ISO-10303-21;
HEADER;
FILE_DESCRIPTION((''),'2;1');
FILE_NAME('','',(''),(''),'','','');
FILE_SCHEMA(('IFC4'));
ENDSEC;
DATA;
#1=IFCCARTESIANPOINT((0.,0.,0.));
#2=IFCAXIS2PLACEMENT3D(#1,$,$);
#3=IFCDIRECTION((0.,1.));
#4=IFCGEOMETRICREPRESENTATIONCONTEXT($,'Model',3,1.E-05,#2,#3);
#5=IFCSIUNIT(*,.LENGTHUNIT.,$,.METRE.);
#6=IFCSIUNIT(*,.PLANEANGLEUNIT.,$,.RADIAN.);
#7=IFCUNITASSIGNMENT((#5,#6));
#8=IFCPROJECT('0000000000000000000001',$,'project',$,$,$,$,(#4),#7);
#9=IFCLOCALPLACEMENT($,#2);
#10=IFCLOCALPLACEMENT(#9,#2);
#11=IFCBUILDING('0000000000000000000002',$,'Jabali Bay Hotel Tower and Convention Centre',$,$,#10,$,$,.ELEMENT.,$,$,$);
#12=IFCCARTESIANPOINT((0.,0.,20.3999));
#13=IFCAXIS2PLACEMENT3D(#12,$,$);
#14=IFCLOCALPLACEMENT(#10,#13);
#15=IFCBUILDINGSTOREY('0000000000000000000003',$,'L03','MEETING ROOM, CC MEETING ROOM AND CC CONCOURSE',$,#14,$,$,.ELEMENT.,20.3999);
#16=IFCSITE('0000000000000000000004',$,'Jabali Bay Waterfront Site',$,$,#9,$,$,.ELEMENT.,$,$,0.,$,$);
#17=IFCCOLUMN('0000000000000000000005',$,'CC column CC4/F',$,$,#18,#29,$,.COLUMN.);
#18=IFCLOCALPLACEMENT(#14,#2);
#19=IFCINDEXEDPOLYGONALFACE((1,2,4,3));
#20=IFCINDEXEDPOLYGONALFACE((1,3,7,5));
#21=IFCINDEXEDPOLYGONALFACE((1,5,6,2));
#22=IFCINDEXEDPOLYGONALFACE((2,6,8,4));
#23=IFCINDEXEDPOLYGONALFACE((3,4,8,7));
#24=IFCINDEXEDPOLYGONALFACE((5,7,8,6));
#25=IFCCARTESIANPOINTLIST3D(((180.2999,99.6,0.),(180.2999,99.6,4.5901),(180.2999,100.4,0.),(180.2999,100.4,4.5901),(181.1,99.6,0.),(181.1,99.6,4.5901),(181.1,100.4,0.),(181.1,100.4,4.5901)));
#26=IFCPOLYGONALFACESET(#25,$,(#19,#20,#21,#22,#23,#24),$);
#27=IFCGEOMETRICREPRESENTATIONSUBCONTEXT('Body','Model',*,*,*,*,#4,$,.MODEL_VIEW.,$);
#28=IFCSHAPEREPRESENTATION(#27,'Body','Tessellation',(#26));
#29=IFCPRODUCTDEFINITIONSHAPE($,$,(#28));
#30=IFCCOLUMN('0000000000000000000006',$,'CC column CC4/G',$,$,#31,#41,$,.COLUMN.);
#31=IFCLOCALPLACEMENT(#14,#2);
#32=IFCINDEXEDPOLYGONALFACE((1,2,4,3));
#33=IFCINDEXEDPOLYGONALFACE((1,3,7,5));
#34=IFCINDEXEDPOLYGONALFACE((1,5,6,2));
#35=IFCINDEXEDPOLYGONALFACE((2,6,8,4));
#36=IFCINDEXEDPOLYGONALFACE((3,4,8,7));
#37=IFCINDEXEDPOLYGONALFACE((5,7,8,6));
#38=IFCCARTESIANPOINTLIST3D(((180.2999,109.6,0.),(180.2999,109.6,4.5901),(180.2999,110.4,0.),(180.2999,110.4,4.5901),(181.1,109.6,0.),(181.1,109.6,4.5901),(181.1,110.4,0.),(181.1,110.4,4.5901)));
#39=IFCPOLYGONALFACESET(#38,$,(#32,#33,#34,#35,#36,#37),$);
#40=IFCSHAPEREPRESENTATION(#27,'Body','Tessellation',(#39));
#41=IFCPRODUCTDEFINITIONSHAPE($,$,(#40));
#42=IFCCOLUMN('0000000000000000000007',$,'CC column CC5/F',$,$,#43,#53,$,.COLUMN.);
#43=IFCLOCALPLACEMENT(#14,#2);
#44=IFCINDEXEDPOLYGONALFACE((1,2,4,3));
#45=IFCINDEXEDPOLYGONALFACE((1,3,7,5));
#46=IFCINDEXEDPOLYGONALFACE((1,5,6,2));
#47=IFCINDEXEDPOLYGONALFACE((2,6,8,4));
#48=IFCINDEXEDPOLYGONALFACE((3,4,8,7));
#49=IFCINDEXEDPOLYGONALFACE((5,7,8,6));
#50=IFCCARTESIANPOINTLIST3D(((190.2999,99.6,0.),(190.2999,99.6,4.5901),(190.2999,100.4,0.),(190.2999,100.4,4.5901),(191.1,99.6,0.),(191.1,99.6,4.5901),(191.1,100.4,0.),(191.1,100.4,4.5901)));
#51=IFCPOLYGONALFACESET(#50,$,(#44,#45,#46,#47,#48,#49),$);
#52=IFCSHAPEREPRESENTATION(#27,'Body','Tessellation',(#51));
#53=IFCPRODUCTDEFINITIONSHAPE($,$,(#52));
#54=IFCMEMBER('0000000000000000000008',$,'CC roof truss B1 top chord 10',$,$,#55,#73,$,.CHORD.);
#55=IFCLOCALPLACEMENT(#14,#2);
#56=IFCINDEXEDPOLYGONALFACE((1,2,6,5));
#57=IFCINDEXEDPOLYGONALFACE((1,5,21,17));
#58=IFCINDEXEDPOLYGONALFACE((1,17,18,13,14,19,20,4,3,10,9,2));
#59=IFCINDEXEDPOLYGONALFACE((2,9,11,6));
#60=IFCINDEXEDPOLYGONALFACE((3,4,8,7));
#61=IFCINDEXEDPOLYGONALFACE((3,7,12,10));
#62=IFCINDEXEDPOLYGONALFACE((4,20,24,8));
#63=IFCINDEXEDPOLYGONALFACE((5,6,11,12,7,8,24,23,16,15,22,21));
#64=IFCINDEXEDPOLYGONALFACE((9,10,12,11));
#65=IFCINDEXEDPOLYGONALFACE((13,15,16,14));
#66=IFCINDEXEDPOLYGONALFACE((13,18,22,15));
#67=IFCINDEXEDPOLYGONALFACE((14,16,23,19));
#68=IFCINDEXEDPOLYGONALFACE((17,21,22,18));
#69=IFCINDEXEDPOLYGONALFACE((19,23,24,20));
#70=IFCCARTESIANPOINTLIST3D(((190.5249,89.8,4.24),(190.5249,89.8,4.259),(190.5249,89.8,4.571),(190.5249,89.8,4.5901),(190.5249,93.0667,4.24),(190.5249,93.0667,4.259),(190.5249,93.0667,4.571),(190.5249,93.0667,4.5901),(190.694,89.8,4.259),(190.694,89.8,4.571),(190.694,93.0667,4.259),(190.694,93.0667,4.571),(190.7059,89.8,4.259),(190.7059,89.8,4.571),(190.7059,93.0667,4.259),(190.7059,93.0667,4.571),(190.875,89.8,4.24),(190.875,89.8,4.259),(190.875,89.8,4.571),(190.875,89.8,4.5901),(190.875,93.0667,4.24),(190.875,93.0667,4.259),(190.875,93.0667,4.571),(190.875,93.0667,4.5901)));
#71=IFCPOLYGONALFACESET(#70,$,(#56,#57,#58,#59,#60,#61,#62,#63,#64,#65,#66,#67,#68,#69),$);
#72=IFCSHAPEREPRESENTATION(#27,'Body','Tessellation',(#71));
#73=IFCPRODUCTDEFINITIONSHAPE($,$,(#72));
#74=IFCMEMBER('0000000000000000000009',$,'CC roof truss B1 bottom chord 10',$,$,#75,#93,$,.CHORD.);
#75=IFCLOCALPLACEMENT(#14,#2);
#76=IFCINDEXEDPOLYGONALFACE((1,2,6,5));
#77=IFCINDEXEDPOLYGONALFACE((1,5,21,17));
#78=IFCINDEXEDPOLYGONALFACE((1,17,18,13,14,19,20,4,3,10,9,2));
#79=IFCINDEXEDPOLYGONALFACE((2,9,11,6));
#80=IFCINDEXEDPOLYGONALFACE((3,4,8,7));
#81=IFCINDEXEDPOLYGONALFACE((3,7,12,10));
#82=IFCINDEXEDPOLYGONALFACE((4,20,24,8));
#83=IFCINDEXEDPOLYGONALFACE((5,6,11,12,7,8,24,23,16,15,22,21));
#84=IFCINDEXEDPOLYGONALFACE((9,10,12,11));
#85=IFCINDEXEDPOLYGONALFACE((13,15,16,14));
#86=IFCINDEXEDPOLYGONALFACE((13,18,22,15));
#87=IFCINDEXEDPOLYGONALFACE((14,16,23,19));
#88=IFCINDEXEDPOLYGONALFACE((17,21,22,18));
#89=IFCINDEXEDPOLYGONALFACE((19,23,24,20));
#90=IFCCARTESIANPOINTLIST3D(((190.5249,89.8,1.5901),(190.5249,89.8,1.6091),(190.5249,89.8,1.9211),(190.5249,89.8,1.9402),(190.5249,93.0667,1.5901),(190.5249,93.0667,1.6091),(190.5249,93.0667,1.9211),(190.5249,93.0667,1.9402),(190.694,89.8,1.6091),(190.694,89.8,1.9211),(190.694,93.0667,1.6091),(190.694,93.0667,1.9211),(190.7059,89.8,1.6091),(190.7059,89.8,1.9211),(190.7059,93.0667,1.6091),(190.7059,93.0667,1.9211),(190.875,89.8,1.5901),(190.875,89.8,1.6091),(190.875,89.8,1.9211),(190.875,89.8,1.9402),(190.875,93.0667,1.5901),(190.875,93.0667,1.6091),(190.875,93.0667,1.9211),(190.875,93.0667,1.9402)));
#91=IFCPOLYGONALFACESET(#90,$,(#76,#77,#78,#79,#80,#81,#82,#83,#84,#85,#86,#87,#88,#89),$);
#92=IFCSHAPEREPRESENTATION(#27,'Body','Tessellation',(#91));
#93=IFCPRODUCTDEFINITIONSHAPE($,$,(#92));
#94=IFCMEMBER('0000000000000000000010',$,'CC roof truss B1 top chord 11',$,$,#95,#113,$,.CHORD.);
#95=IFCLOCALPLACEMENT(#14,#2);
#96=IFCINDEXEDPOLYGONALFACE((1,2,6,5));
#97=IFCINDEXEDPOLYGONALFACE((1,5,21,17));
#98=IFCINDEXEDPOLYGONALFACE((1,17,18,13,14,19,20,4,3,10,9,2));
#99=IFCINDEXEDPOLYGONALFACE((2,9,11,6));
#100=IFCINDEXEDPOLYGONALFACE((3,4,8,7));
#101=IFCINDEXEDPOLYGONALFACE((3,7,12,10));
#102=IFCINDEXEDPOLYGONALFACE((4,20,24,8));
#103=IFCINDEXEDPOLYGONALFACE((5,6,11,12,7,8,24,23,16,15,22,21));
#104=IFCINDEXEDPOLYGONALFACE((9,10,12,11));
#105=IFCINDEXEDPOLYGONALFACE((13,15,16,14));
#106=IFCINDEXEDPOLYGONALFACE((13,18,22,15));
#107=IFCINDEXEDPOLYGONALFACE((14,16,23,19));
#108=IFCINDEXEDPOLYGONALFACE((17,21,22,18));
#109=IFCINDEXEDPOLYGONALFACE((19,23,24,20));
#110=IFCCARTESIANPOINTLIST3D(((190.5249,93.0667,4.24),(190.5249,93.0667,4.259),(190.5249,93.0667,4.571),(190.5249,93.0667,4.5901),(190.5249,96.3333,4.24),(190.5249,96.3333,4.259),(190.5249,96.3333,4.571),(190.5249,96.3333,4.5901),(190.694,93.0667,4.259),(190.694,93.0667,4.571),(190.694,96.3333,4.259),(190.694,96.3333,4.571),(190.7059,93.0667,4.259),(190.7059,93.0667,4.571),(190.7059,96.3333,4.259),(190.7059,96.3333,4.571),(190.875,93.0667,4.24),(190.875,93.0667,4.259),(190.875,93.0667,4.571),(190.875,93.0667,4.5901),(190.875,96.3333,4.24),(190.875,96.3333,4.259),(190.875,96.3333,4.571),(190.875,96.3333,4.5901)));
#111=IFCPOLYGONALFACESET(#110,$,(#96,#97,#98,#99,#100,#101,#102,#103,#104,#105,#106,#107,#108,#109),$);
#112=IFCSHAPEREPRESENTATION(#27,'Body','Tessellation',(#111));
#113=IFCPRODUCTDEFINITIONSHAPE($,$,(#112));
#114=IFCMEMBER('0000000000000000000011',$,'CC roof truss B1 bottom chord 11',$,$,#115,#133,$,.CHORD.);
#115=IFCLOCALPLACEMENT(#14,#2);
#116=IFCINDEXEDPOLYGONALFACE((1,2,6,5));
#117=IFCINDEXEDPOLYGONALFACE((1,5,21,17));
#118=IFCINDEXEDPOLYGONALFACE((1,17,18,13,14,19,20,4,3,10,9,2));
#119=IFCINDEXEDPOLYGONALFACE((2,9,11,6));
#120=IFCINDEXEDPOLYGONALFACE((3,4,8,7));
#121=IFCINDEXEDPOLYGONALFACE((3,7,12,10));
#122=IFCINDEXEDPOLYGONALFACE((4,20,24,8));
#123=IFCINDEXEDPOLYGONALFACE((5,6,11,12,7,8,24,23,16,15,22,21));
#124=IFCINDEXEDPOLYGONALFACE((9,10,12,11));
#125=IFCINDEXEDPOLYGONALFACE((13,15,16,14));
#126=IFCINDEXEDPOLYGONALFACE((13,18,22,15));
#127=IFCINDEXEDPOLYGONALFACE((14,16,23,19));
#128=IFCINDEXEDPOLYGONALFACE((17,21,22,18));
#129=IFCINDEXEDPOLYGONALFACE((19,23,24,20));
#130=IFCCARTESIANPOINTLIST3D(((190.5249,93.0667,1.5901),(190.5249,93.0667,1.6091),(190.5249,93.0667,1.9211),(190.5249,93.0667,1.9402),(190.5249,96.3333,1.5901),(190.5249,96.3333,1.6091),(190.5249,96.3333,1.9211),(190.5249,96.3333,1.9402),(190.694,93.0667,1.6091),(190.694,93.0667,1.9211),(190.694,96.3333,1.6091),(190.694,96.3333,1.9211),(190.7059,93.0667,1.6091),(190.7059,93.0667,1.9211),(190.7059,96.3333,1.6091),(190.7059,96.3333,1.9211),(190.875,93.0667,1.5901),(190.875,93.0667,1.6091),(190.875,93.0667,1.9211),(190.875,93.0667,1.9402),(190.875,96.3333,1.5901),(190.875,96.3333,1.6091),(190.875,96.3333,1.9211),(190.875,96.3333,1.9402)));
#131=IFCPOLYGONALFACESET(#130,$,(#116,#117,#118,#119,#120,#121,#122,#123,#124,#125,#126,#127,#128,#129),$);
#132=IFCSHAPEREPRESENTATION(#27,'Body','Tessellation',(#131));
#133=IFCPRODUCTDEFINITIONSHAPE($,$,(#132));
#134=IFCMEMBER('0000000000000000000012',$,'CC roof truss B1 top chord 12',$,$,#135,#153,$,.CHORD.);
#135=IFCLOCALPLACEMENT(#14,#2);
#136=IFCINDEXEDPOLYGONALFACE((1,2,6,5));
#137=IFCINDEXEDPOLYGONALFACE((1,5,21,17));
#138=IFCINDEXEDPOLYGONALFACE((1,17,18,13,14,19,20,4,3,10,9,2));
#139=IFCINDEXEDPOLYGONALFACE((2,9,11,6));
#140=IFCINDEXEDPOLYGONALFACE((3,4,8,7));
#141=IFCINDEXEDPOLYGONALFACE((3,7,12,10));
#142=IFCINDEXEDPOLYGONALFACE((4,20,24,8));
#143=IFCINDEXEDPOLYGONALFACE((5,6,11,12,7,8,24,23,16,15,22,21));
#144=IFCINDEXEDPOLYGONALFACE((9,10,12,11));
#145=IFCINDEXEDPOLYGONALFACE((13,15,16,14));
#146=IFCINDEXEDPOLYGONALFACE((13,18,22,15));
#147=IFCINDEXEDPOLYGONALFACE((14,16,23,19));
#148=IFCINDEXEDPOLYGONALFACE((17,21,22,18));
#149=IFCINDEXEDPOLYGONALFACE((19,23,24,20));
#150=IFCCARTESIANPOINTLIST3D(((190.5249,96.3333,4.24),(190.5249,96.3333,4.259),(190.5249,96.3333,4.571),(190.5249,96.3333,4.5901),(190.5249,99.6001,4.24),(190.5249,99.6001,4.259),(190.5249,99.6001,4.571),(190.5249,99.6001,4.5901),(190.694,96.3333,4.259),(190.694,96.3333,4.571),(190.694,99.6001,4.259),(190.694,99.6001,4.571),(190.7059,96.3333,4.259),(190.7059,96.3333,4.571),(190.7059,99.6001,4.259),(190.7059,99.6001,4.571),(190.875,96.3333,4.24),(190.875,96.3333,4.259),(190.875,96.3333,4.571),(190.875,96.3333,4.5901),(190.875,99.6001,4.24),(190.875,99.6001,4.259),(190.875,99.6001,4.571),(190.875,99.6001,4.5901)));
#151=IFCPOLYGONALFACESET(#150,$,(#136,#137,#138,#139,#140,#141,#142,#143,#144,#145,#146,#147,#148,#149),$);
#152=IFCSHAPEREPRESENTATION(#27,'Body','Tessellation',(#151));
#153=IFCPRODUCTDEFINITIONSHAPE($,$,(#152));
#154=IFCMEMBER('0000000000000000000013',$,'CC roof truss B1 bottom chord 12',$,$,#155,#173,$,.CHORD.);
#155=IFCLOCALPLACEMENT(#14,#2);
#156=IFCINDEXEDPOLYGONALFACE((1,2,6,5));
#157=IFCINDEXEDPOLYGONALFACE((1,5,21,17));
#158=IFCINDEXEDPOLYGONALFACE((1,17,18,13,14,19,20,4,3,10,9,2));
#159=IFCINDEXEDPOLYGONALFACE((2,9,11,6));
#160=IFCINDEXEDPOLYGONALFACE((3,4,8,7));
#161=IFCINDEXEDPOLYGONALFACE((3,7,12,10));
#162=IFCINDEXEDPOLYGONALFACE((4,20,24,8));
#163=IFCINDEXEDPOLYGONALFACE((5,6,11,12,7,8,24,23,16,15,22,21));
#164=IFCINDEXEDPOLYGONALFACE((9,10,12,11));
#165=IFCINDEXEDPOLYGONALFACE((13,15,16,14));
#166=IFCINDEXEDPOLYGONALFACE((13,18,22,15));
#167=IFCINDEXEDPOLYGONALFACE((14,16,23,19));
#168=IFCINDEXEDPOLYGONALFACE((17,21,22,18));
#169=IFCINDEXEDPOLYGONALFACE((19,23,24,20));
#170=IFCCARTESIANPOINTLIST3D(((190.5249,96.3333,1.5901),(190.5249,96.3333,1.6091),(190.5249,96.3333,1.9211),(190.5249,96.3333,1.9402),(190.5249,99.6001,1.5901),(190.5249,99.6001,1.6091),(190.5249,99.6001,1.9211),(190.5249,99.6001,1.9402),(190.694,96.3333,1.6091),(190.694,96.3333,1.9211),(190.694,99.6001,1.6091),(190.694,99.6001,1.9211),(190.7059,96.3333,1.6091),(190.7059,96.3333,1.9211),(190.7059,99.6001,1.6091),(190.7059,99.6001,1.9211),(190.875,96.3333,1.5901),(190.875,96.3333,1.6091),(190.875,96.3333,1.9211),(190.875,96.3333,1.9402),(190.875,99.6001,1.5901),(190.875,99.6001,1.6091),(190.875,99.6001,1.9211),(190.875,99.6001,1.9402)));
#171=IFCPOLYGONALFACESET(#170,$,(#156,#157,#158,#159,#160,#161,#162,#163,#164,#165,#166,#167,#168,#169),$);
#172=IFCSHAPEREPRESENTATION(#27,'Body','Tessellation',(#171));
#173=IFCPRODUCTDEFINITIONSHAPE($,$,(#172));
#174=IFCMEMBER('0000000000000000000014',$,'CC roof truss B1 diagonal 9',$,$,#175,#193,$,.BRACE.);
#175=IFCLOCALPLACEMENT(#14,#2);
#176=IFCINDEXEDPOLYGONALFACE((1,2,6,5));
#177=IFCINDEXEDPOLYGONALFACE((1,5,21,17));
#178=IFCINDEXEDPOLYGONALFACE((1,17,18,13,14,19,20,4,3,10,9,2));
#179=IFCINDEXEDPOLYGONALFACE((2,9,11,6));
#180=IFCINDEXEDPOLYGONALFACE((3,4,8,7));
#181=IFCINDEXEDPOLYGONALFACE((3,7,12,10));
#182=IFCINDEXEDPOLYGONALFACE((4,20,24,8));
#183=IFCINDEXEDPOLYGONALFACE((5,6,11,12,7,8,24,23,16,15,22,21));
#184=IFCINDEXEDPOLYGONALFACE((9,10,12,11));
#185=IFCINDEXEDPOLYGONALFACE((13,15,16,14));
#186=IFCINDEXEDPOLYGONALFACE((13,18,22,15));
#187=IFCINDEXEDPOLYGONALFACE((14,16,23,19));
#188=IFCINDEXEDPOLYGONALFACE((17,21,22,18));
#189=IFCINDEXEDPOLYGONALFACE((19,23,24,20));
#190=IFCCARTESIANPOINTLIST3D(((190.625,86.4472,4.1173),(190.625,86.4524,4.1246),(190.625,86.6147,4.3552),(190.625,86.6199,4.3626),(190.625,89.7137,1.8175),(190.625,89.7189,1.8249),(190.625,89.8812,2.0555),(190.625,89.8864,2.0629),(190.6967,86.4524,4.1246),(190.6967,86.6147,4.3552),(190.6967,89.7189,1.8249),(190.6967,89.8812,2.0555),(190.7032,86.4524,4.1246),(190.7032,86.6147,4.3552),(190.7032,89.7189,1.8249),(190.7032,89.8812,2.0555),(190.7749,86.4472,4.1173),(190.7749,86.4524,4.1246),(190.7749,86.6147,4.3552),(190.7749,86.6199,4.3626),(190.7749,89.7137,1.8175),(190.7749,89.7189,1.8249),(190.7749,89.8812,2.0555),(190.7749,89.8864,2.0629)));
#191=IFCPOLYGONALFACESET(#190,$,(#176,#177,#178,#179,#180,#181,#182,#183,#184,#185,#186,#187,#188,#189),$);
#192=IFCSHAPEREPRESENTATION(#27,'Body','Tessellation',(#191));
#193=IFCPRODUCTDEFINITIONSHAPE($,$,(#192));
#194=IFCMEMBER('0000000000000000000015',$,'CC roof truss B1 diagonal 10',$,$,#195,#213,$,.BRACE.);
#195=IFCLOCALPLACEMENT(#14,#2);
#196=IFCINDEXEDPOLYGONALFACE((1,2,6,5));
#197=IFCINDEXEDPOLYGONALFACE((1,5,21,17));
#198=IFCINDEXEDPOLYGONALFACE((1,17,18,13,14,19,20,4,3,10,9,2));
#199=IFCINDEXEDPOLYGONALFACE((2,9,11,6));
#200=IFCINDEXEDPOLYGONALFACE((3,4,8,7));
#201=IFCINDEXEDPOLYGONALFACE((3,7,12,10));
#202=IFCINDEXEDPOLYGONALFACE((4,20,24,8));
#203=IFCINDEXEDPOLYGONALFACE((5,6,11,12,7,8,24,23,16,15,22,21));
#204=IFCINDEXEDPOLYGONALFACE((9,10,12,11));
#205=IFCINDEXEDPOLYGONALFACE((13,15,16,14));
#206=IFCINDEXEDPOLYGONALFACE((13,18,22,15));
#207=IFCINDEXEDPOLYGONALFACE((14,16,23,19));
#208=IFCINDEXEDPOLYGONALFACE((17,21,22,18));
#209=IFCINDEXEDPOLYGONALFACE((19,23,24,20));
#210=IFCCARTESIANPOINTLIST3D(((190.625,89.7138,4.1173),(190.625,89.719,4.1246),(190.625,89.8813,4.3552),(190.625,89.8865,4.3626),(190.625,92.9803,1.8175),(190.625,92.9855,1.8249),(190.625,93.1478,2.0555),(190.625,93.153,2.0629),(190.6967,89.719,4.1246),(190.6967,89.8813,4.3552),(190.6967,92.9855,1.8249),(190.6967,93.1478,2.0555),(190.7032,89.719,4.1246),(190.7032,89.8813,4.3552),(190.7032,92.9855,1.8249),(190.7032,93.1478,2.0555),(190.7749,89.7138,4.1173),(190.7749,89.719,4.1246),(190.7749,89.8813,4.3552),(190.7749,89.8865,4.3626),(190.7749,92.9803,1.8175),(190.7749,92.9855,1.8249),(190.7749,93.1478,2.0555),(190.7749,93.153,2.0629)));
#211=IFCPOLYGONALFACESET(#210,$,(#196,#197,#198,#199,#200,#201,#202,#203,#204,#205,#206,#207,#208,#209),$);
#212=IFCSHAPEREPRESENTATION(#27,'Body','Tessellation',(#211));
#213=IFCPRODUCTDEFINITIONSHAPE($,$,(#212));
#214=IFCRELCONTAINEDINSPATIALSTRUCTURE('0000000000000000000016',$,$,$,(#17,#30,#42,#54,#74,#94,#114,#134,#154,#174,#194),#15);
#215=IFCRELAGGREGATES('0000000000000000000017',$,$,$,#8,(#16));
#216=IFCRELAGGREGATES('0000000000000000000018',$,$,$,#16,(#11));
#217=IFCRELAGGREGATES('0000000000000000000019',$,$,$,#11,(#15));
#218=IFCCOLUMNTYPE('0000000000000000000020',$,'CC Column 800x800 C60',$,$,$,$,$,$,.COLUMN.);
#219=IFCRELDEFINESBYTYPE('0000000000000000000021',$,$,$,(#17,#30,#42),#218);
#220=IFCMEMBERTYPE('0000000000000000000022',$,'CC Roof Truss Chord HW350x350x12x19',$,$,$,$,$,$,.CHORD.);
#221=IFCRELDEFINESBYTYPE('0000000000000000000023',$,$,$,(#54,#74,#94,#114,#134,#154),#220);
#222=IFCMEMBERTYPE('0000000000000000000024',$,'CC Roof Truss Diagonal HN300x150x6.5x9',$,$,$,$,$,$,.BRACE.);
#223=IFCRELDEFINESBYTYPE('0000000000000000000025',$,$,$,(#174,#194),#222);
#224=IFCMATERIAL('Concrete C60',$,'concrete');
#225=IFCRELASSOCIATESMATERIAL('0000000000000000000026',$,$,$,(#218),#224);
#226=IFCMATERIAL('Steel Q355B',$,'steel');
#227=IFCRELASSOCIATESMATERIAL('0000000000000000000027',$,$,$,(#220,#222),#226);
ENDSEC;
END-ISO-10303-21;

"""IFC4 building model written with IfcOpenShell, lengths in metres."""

from ifc_helpers import new_model, si_unit, direction, frame, origin, origin_2d, place, context, subcontext, project, spatial, rectangle, i_section, extrude, material, material_profile, profile_set, type_object, element, save


model = new_model("IFC4")

# Units and contexts
model_context = context("Model", 3, precision=1e-05, world=origin(), true_north=direction((0.0, 1.0)))
body_context = subcontext(model_context, "Body", "Model", "MODEL_VIEW")
ifc_project = project(units=[si_unit("LENGTHUNIT", "METRE"), si_unit("PLANEANGLEUNIT", "RADIAN")], contexts=[model_context])

# Site, building, storey
site_placement = place(None, origin())
site = spatial("IfcSite", under=ifc_project, at=site_placement, Name="Jabali Bay Waterfront Site", CompositionType="ELEMENT", RefElevation=0.0)
building_placement = place(site_placement, origin())
building = spatial("IfcBuilding", under=site, at=building_placement, Name="Jabali Bay Hotel Tower and Convention Centre", CompositionType="ELEMENT")
storey_placement = place(building_placement, frame((0.0, 0.0, 20.3999)))
storey = spatial("IfcBuildingStorey", under=building, at=storey_placement, Name="L03", Description="MEETING ROOM, CC MEETING ROOM AND CC CONCOURSE", CompositionType="ELEMENT", Elevation=20.3999)

# Columns
ifc_material_1 = material(Name="Concrete C60", Category="concrete")
ifc_material_profile_1 = material_profile(ifc_material_1, rectangle(XDim=0.8, YDim=0.8, at=origin_2d()), Name="RC 800x800")
ifc_profile_set_1 = profile_set([ifc_material_profile_1], Name="Concrete C60")
column_type = type_object("IfcColumnType", Name="CC Column 800x800 C60", PredefinedType="COLUMN", material=ifc_profile_set_1)
for number, where, z_axis, x_axis, name in (
    (1, (180.7, 100.0, 0.0), (0.0, 0.0, 1.0), (1.0, 0.0, 0.0), "CC column CC4/F"),
    (2, (180.7, 110.0, 0.0), (0.0, 0.0, 1.0), (1.0, 0.0, 0.0), "CC column CC4/G"),
    (3, (190.7, 100.0, 0.0), (0.0, 0.0, 1.0), (1.0, 0.0, 0.0), "CC column CC5/F"),
):
    element("IfcColumn", number, at=place(storey_placement, frame(where, z_axis=z_axis, x_axis=x_axis)), inside=storey, type_object=column_type, Name=name, PredefinedType="COLUMN", context=body_context, shape_type="SweptSolid", body=[
        extrude(rectangle(XDim=0.8, YDim=0.8, at=origin_2d()), origin(), (0.0, 0.0, 1.0), 4.5901),
    ])

# Members
ifc_material_2 = material(Name="Steel Q355B", Category="steel")
ifc_material_profile_2 = material_profile(ifc_material_2, i_section(OverallWidth=0.3501, OverallDepth=0.3501, WebThickness=0.012, FlangeThickness=0.019, at=origin_2d()), Name="HW350x350x12x19")
ifc_profile_set_2 = profile_set([ifc_material_profile_2], Name="Steel Q355B")
member_type_1 = type_object("IfcMemberType", Name="CC Roof Truss Chord HW350x350x12x19", PredefinedType="CHORD", material=ifc_profile_set_2)
for number, where, z_axis, x_axis, name in (
    (4, (190.7, 89.8, 4.415), (0.0, 1.0, 0.0), (-1.0, 0.0, 0.0), "CC roof truss B1 top chord 10"),
    (5, (190.7, 89.8, 1.7651), (0.0, 1.0, 0.0), (-1.0, 0.0, 0.0), "CC roof truss B1 bottom chord 10"),
    (6, (190.7, 93.0667, 4.415), (0.0, 1.0, 0.0), (-1.0, 0.0, 0.0), "CC roof truss B1 top chord 11"),
    (7, (190.7, 93.0667, 1.7651), (0.0, 1.0, 0.0), (-1.0, 0.0, 0.0), "CC roof truss B1 bottom chord 11"),
):
    element("IfcMember", number, at=place(storey_placement, frame(where, z_axis=z_axis, x_axis=x_axis)), inside=storey, type_object=member_type_1, Name=name, PredefinedType="CHORD", context=body_context, shape_type="SweptSolid", body=[
        extrude(i_section(OverallWidth=0.3501, OverallDepth=0.3501, WebThickness=0.012, FlangeThickness=0.019, at=origin_2d()), origin(), (0.0, 0.0, 1.0), 3.2666),
    ])
for number, where, z_axis, x_axis, name in (
    (8, (190.7, 96.3333, 4.415), (0.0, 1.0, 0.0), (-1.0, 0.0, 0.0), "CC roof truss B1 top chord 12"),
    (9, (190.7, 96.3333, 1.7651), (0.0, 1.0, 0.0), (-1.0, 0.0, 0.0), "CC roof truss B1 bottom chord 12"),
):
    element("IfcMember", number, at=place(storey_placement, frame(where, z_axis=z_axis, x_axis=x_axis)), inside=storey, type_object=member_type_1, Name=name, PredefinedType="CHORD", context=body_context, shape_type="SweptSolid", body=[
        extrude(i_section(OverallWidth=0.3501, OverallDepth=0.3501, WebThickness=0.012, FlangeThickness=0.019, at=origin_2d()), origin(), (0.0, 0.0, 1.0), 3.2668),
    ])
ifc_material_profile_3 = material_profile(ifc_material_2, i_section(OverallWidth=0.1499, OverallDepth=0.3, WebThickness=0.0066, FlangeThickness=0.009, at=origin_2d()), Name="HN300x150x6.5x9")
ifc_profile_set_3 = profile_set([ifc_material_profile_3], Name="Steel Q355B")
member_type_2 = type_object("IfcMemberType", Name="CC Roof Truss Diagonal HN300x150x6.5x9", PredefinedType="BRACE", material=ifc_profile_set_3)
for number, where, z_axis, x_axis, name in (
    (10, (190.7, 89.8, 1.9402), (0.0, -0.817679, 0.575675), (1.0, 0.0, 0.0), "CC roof truss B1 diagonal 9"),
    (11, (190.7, 93.0667, 1.9402), (0.0, -0.817679, 0.575675), (1.0, 0.0, 0.0), "CC roof truss B1 diagonal 10"),
):
    element("IfcMember", number, at=place(storey_placement, frame(where, z_axis=z_axis, x_axis=x_axis)), inside=storey, type_object=member_type_2, Name=name, PredefinedType="BRACE", context=body_context, shape_type="SweptSolid", body=[
        extrude(i_section(OverallWidth=0.1499, OverallDepth=0.3, WebThickness=0.0066, FlangeThickness=0.009, at=origin_2d()), origin(), (0.0, 0.0, 1.0), 3.9949),
    ])

save(model, "model.ifc")
